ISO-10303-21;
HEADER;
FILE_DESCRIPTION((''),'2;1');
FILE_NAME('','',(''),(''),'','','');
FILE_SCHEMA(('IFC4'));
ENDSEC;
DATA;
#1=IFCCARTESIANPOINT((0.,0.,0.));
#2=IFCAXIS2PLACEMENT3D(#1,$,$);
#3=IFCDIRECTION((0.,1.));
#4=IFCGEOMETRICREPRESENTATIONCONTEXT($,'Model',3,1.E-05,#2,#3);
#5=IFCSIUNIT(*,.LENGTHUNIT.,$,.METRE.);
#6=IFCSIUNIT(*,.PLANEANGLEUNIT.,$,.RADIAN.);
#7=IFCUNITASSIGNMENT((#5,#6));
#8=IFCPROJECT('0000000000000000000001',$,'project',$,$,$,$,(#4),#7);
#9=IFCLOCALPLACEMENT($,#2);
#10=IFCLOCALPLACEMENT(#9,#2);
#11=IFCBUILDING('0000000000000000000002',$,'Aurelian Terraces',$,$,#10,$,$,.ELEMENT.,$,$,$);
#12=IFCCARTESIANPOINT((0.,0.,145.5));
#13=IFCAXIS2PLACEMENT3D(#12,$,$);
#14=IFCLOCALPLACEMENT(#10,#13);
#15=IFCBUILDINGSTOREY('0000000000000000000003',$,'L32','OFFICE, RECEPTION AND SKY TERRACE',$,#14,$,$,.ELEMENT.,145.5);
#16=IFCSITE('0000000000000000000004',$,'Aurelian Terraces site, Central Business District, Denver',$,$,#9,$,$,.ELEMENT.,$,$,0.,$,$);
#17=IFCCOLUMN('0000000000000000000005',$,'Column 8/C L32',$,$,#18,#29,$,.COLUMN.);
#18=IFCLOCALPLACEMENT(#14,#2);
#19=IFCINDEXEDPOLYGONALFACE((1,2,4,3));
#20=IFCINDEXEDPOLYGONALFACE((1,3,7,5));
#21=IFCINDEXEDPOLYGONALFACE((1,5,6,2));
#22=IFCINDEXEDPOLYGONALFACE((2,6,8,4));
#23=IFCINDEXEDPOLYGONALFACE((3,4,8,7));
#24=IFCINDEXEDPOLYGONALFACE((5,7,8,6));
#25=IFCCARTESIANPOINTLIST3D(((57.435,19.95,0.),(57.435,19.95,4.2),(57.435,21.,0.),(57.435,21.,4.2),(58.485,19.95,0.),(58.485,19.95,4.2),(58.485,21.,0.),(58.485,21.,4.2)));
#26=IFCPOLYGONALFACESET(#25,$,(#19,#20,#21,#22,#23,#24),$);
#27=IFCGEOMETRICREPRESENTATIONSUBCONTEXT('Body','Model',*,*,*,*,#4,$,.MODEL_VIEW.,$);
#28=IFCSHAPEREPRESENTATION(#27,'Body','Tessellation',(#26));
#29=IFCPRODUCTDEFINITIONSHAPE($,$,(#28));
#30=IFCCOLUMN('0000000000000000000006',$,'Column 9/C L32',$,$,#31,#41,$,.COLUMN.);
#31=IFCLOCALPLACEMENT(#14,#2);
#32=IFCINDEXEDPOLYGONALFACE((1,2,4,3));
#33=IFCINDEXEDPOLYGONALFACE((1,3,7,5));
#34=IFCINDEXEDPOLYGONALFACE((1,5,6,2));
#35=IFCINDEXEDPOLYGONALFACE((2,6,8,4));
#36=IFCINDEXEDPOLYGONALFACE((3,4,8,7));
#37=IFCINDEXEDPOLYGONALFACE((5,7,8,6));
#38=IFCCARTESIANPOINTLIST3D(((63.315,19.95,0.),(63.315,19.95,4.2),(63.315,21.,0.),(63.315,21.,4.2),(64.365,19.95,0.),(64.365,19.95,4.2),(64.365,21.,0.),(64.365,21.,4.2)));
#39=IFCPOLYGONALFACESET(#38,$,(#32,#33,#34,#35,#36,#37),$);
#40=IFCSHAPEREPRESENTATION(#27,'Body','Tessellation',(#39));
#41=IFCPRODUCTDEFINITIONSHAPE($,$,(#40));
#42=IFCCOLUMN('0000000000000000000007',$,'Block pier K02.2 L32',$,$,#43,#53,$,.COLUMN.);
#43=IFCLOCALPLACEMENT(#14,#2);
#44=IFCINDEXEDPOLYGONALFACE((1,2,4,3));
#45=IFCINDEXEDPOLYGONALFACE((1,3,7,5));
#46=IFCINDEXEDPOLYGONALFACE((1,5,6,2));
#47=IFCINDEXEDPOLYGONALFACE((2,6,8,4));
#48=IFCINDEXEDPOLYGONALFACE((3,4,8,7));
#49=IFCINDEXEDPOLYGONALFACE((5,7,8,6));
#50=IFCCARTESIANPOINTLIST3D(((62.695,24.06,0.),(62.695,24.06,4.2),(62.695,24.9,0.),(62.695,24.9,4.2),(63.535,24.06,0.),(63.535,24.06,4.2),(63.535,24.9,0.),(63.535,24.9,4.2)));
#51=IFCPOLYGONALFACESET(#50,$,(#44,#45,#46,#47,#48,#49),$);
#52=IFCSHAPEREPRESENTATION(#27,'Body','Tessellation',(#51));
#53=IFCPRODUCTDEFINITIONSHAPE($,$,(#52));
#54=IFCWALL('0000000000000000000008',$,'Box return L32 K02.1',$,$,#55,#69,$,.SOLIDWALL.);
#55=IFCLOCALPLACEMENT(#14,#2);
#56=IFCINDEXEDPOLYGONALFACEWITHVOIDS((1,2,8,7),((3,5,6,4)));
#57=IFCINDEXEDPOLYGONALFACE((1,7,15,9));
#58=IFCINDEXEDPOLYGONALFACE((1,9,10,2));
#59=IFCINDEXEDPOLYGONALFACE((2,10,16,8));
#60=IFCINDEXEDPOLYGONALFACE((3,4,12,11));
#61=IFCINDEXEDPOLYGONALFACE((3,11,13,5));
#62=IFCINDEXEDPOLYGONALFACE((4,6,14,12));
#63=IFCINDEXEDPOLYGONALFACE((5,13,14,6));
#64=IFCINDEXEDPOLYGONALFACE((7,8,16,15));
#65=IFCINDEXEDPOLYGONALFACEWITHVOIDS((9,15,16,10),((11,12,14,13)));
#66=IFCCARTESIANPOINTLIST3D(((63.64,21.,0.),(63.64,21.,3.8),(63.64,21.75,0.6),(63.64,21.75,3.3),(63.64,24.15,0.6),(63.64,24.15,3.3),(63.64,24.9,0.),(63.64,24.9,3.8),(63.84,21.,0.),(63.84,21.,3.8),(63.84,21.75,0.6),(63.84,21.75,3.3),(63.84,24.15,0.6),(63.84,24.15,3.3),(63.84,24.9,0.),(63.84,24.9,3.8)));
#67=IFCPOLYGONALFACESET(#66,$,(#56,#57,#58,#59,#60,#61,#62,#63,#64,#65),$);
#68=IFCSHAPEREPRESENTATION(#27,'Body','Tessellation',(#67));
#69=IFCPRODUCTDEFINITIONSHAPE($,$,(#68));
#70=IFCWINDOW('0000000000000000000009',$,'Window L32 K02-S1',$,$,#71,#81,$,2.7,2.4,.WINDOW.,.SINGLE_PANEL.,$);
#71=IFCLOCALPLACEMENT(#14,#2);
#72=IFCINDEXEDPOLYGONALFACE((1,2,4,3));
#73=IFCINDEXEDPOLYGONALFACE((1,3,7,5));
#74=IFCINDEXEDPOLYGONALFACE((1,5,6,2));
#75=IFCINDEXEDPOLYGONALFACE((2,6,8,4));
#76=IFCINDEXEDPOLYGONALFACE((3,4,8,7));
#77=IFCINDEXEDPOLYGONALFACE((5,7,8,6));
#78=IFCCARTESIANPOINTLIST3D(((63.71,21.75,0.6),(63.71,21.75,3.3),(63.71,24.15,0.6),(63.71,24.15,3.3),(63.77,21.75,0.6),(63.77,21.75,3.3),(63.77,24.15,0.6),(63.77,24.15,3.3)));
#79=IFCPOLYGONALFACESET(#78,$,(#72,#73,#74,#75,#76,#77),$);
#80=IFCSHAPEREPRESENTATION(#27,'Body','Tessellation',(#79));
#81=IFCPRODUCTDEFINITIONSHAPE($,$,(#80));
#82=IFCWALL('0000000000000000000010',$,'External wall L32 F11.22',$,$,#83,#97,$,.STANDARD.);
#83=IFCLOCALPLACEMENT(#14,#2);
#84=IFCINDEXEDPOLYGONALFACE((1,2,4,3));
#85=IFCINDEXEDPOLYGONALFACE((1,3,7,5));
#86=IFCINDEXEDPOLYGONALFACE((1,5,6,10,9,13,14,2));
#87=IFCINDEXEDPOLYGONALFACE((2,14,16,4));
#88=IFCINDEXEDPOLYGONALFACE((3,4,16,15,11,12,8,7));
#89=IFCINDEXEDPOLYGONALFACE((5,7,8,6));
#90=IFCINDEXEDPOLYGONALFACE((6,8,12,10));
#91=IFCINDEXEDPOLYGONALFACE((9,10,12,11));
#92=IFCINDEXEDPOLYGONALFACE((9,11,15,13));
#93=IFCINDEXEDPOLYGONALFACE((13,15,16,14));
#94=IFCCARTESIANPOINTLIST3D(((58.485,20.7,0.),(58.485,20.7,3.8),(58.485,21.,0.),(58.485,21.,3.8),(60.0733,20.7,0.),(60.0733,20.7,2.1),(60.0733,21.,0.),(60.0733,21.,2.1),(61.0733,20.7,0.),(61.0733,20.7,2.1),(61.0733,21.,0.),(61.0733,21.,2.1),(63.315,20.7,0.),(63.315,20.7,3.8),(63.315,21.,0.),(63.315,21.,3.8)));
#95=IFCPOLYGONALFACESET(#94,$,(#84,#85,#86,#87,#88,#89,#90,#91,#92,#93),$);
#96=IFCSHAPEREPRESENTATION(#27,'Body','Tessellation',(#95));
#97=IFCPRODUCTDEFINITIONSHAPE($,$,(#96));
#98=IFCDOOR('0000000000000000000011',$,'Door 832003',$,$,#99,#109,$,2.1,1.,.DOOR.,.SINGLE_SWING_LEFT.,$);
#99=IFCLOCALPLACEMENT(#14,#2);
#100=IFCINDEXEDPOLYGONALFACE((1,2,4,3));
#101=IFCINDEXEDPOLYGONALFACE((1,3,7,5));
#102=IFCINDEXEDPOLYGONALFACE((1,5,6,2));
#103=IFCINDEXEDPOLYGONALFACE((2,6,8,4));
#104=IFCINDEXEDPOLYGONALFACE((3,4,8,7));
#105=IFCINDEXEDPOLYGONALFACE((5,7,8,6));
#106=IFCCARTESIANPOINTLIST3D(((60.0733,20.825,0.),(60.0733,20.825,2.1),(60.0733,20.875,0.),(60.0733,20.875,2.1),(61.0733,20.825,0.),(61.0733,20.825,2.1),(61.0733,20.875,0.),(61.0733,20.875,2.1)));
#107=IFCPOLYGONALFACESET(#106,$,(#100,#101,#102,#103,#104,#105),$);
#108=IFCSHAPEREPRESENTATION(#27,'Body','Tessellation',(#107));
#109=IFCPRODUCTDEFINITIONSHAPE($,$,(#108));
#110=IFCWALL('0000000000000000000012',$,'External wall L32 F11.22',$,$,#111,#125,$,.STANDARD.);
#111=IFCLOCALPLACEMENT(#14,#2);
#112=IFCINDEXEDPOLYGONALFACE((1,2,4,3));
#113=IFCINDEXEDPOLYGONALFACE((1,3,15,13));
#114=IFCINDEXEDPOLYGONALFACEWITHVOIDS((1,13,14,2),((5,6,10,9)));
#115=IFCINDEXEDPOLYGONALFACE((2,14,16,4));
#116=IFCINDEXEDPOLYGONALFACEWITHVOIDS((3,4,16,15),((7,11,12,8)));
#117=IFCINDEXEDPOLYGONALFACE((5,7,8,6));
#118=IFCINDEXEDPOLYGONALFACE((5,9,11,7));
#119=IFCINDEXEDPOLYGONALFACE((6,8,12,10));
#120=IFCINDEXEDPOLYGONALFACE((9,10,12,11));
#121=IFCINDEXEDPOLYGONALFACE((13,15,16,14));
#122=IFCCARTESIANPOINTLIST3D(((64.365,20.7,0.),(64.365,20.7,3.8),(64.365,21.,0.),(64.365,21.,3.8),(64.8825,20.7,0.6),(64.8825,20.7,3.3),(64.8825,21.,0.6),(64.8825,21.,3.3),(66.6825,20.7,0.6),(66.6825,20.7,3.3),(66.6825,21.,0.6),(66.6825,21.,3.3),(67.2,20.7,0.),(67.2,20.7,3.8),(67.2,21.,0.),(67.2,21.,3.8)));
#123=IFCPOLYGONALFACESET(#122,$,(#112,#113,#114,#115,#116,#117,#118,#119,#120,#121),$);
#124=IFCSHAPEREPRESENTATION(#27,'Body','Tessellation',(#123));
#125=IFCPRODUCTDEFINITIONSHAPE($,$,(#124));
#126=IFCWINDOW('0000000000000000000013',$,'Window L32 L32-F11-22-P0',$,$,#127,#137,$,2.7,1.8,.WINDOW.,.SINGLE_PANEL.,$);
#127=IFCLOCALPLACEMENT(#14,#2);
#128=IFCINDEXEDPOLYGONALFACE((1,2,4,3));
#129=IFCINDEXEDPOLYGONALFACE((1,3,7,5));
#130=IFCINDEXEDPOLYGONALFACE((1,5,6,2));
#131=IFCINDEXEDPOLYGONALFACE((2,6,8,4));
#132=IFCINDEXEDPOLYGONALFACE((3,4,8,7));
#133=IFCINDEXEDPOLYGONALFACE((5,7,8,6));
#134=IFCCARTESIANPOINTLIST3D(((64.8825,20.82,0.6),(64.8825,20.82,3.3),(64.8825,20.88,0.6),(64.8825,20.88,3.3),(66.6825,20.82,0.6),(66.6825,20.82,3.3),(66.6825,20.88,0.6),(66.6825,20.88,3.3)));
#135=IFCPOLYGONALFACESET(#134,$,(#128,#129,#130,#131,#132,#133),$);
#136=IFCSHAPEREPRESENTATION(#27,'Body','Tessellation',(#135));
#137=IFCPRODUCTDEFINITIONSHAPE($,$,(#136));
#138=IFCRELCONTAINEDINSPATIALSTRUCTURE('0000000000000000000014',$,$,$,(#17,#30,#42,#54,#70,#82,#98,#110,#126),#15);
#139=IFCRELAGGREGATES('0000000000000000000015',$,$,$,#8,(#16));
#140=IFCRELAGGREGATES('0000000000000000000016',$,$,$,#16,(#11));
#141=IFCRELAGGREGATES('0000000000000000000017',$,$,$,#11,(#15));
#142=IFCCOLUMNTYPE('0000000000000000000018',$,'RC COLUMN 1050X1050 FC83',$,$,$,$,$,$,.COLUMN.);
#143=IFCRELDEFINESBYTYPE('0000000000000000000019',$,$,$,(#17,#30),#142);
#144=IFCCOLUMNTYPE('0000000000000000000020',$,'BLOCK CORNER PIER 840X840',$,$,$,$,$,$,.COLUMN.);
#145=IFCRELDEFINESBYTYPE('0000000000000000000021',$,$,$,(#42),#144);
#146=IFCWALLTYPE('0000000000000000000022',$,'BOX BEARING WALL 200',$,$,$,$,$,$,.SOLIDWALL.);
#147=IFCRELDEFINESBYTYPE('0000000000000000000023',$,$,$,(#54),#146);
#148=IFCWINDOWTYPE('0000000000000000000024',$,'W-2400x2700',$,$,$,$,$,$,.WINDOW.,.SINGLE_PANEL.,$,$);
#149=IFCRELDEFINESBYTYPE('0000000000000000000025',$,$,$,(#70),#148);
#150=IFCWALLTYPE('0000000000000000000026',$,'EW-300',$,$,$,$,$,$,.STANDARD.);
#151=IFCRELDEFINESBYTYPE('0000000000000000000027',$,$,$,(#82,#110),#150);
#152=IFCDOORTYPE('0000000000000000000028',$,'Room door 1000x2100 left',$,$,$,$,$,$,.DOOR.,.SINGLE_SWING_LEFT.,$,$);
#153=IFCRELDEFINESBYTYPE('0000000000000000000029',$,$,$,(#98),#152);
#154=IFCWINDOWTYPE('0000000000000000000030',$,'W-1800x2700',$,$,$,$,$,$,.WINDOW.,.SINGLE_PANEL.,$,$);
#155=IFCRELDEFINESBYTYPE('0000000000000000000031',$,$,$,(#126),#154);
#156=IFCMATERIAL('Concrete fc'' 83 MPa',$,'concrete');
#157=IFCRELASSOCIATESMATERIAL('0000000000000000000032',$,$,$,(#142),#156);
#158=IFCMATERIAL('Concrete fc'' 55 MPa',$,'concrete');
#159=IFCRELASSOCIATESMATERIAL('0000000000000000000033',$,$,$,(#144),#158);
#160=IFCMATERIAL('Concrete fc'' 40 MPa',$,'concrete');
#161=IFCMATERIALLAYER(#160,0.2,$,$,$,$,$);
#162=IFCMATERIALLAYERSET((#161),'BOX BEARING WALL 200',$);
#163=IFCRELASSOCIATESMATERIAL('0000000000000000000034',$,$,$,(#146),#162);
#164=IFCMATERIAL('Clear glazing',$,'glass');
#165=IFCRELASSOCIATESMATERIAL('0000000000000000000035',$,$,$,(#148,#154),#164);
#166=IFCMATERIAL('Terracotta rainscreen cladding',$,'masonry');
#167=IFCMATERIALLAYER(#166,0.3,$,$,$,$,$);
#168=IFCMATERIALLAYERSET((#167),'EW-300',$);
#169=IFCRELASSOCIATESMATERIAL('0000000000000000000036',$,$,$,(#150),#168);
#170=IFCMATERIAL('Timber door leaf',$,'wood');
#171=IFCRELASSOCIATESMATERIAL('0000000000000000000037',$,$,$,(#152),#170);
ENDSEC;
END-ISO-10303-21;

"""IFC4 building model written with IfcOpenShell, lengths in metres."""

from ifc_helpers import new_model, si_unit, direction, frame, frame_2d, origin, origin_2d, place, context, subcontext, project, spatial, rectangle, extrude, source, transform, mapped, material, layer, layer_set, material_profile, profile_set, type_object, element, fill, save


model = new_model("IFC4")

# Units and contexts
model_context = context("Model", 3, precision=1e-05, world=origin(), true_north=direction((0.0, 1.0)))
body_context = subcontext(model_context, "Body", "Model", "MODEL_VIEW")
ifc_project = project(units=[si_unit("LENGTHUNIT", "METRE"), si_unit("PLANEANGLEUNIT", "RADIAN")], contexts=[model_context])

# Site, building, storey
site_placement = place(None, origin())
site = spatial("IfcSite", under=ifc_project, at=site_placement, Name="Aurelian Terraces site, Central Business District, Denver", CompositionType="ELEMENT", RefElevation=0.0)
building_placement = place(site_placement, origin())
building = spatial("IfcBuilding", under=site, at=building_placement, Name="Aurelian Terraces", CompositionType="ELEMENT")
storey_placement = place(building_placement, frame((0.0, 0.0, 145.5)))
storey = spatial("IfcBuildingStorey", under=building, at=storey_placement, Name="L32", Description="OFFICE, RECEPTION AND SKY TERRACE", CompositionType="ELEMENT", Elevation=145.5)

# Columns
ifc_material_1 = material(Name="Concrete fc' 83 MPa", Category="concrete")
ifc_material_profile_1 = material_profile(ifc_material_1, rectangle(XDim=1.05, YDim=1.05, at=origin_2d()))
ifc_profile_set_1 = profile_set([ifc_material_profile_1], Name="Concrete fc' 83 MPa")
column_type_1 = type_object("IfcColumnType", Name="RC COLUMN 1050X1050 FC83", PredefinedType="COLUMN", material=ifc_profile_set_1)
shared_shape_1 = source(origin(), body_context, "Body", "SweptSolid", [
    extrude(rectangle(XDim=1.05, YDim=1.05, at=origin_2d()), origin(), (0.0, 0.0, 1.0), 4.2),
])
for number, where, z_axis, x_axis, name in (
    (1, (57.96, 20.475, 0.0), (0.0, 0.0, 1.0), (1.0, 0.0, 0.0), "Column 8/C L32"),
    (2, (63.84, 20.475, 0.0), (0.0, 0.0, 1.0), (1.0, 0.0, 0.0), "Column 9/C L32"),
):
    element("IfcColumn", number, at=place(storey_placement, frame(where, z_axis=z_axis, x_axis=x_axis)), inside=storey, type_object=column_type_1, Name=name, PredefinedType="COLUMN", context=body_context, shape_type="MappedRepresentation", body=[
        mapped(shared_shape_1, transform((0.0, 0.0, 0.0), scale=1.0)),
    ])
ifc_material_2 = material(Name="Concrete fc' 55 MPa", Category="concrete")
ifc_material_profile_2 = material_profile(ifc_material_2, rectangle(XDim=0.84, YDim=0.84, at=origin_2d()))
ifc_profile_set_2 = profile_set([ifc_material_profile_2], Name="Concrete fc' 55 MPa")
column_type_2 = type_object("IfcColumnType", Name="BLOCK CORNER PIER 840X840", PredefinedType="COLUMN", material=ifc_profile_set_2)
shared_shape_2 = source(origin(), body_context, "Body", "SweptSolid", [
    extrude(rectangle(XDim=0.84, YDim=0.84, at=origin_2d()), origin(), (0.0, 0.0, 1.0), 4.2),
])
column_placement = place(storey_placement, frame((63.115, 24.48, 0.0), z_axis=(0.0, 0.0, 1.0), x_axis=(1.0, 0.0, 0.0)))
element("IfcColumn", 3, at=column_placement, inside=storey, type_object=column_type_2, Name="Block pier K02.2 L32", PredefinedType="COLUMN", context=body_context, shape_type="MappedRepresentation", body=[
    mapped(shared_shape_2, transform((0.0, 0.0, 0.0), scale=1.0)),
])

# Wall, opening, window
ifc_material_3 = material(Name="Concrete fc' 40 MPa", Category="concrete")
ifc_layer_1 = layer(ifc_material_3, 0.2)
ifc_layer_set_1 = layer_set([ifc_layer_1], Name="BOX BEARING WALL 200")
wall_type_1 = type_object("IfcWallType", Name="BOX BEARING WALL 200", PredefinedType="SOLIDWALL", material=ifc_layer_set_1)
shared_shape_3 = source(origin(), body_context, "Body", "SweptSolid", [
    extrude(rectangle(XDim=3.9, YDim=0.2, at=frame_2d((1.95, 0.0))), origin(), (0.0, 0.0, 1.0), 3.8),
])
wall_1_placement = place(storey_placement, frame((63.74, 21.0, 0.0), z_axis=(0.0, 0.0, 1.0), x_axis=(0.0, 1.0, 0.0)))
wall_1 = element("IfcWall", 4, at=wall_1_placement, inside=storey, type_object=wall_type_1, Name="Box return L32 K02.1", PredefinedType="SOLIDWALL", context=body_context, shape_type="MappedRepresentation", body=[
    mapped(shared_shape_3, transform((0.0, 0.0, 0.0), scale=1.0)),
])
shared_shape_4 = source(origin(), body_context, "Body", "SweptSolid", [
    extrude(rectangle(XDim=2.4, YDim=2.7, at=frame_2d((1.2, 1.35))), frame((0.0, 0.11, 0.0), z_axis=(0.0, -1.0, 0.0), x_axis=(1.0, 0.0, 0.0)), (0.0, 0.0, 1.0), 0.22),
])
opening_1_placement = place(wall_1_placement, frame((0.75, 0.0, 0.6)))
opening_1 = element("IfcOpeningElement", 5, at=opening_1_placement, cuts=wall_1, PredefinedType="OPENING", context=body_context, shape_type="MappedRepresentation", body=[
    mapped(shared_shape_4, transform((0.0, 0.0, 0.0), scale=1.0)),
])
ifc_material_4 = material(Name="Clear glazing", Category="glass")
window_type_1 = type_object("IfcWindowType", Name="W-2400x2700", PartitioningType="SINGLE_PANEL", PredefinedType="WINDOW", material=ifc_material_4)
shared_shape_5 = source(origin(), body_context, "Body", "SweptSolid", [
    extrude(rectangle(XDim=2.4, YDim=2.7, at=frame_2d((1.2, 1.35))), frame((0.0, 0.03, 0.0), z_axis=(0.0, -1.0, 0.0), x_axis=(1.0, 0.0, 0.0)), (0.0, 0.0, 1.0), 0.06),
])
window_1_placement = place(opening_1_placement, origin())
window_1 = element("IfcWindow", 6, at=window_1_placement, inside=storey, type_object=window_type_1, Name="Window L32 K02-S1", OverallHeight=2.7, OverallWidth=2.4, PartitioningType="SINGLE_PANEL", PredefinedType="WINDOW", context=body_context, shape_type="MappedRepresentation", body=[
    mapped(shared_shape_5, transform((0.0, 0.0, 0.0), scale=1.0)),
])
fill(opening_1, window_1)

# Wall, opening, door
ifc_material_5 = material(Name="Terracotta rainscreen cladding", Category="masonry")
ifc_layer_2 = layer(ifc_material_5, 0.3)
ifc_layer_set_2 = layer_set([ifc_layer_2], Name="EW-300")
wall_type_2 = type_object("IfcWallType", Name="EW-300", PredefinedType="STANDARD", material=ifc_layer_set_2)
shared_shape_6 = source(origin(), body_context, "Body", "SweptSolid", [
    extrude(rectangle(XDim=4.83, YDim=0.3, at=frame_2d((2.415, 0.0))), origin(), (0.0, 0.0, 1.0), 3.8),
])
wall_2_placement = place(storey_placement, frame((63.315, 20.85, 0.0), z_axis=(0.0, 0.0, 1.0), x_axis=(-1.0, 0.0, 0.0)))
wall_2 = element("IfcWall", 7, at=wall_2_placement, inside=storey, type_object=wall_type_2, Name="External wall L32 F11.22", PredefinedType="STANDARD", context=body_context, shape_type="MappedRepresentation", body=[
    mapped(shared_shape_6, transform((0.0, 0.0, 0.0), scale=1.0)),
])
shared_shape_7 = source(origin(), body_context, "Body", "SweptSolid", [
    extrude(rectangle(XDim=1.0, YDim=2.1, at=frame_2d((0.5, 1.05))), frame((0.0, 0.16, 0.0), z_axis=(0.0, -1.0, 0.0), x_axis=(1.0, 0.0, 0.0)), (0.0, 0.0, 1.0), 0.32),
])
opening_2_placement = place(wall_2_placement, frame((2.2417, 0.0, 0.0)))
opening_2 = element("IfcOpeningElement", 8, at=opening_2_placement, cuts=wall_2, PredefinedType="OPENING", context=body_context, shape_type="MappedRepresentation", body=[
    mapped(shared_shape_7, transform((0.0, 0.0, 0.0), scale=1.0)),
])
ifc_material_6 = material(Name="Timber door leaf", Category="wood")
door_type = type_object("IfcDoorType", Name="Room door 1000x2100 left", OperationType="SINGLE_SWING_LEFT", PredefinedType="DOOR", material=ifc_material_6)
shared_shape_8 = source(origin(), body_context, "Body", "SweptSolid", [
    extrude(rectangle(XDim=1.0, YDim=2.1, at=frame_2d((0.5, 1.05))), frame((0.0, 0.025, 0.0), z_axis=(0.0, -1.0, 0.0), x_axis=(1.0, 0.0, 0.0)), (0.0, 0.0, 1.0), 0.05),
])
door_placement = place(opening_2_placement, origin())
door = element("IfcDoor", 9, at=door_placement, inside=storey, type_object=door_type, Name="Door 832003", OperationType="SINGLE_SWING_LEFT", OverallHeight=2.1, OverallWidth=1.0, PredefinedType="DOOR", context=body_context, shape_type="MappedRepresentation", body=[
    mapped(shared_shape_8, transform((0.0, 0.0, 0.0), scale=1.0)),
])
fill(opening_2, door)

# Wall, opening, window
shared_shape_9 = source(origin(), body_context, "Body", "SweptSolid", [
    extrude(rectangle(XDim=2.835, YDim=0.3, at=frame_2d((1.4175, 0.0))), origin(), (0.0, 0.0, 1.0), 3.8),
])
wall_3_placement = place(storey_placement, frame((67.2, 20.85, 0.0), z_axis=(0.0, 0.0, 1.0), x_axis=(-1.0, 0.0, 0.0)))
wall_3 = element("IfcWall", 10, at=wall_3_placement, inside=storey, type_object=wall_type_2, Name="External wall L32 F11.22", PredefinedType="STANDARD", context=body_context, shape_type="MappedRepresentation", body=[
    mapped(shared_shape_9, transform((0.0, 0.0, 0.0), scale=1.0)),
])
shared_shape_10 = source(origin(), body_context, "Body", "SweptSolid", [
    extrude(rectangle(XDim=1.8, YDim=2.7, at=frame_2d((0.9, 1.35))), frame((0.0, 0.16, 0.0), z_axis=(0.0, -1.0, 0.0), x_axis=(1.0, 0.0, 0.0)), (0.0, 0.0, 1.0), 0.32),
])
opening_3_placement = place(wall_3_placement, frame((0.5175, 0.0, 0.6)))
opening_3 = element("IfcOpeningElement", 11, at=opening_3_placement, cuts=wall_3, PredefinedType="OPENING", context=body_context, shape_type="MappedRepresentation", body=[
    mapped(shared_shape_10, transform((0.0, 0.0, 0.0), scale=1.0)),
])
window_type_2 = type_object("IfcWindowType", Name="W-1800x2700", PartitioningType="SINGLE_PANEL", PredefinedType="WINDOW", material=ifc_material_4)
shared_shape_11 = source(origin(), body_context, "Body", "SweptSolid", [
    extrude(rectangle(XDim=1.8, YDim=2.7, at=frame_2d((0.9, 1.35))), frame((0.0, 0.03, 0.0), z_axis=(0.0, -1.0, 0.0), x_axis=(1.0, 0.0, 0.0)), (0.0, 0.0, 1.0), 0.06),
])
window_2_placement = place(opening_3_placement, origin())
window_2 = element("IfcWindow", 12, at=window_2_placement, inside=storey, type_object=window_type_2, Name="Window L32 L32-F11-22-P0", OverallHeight=2.7, OverallWidth=1.8, PartitioningType="SINGLE_PANEL", PredefinedType="WINDOW", context=body_context, shape_type="MappedRepresentation", body=[
    mapped(shared_shape_11, transform((0.0, 0.0, 0.0), scale=1.0)),
])
fill(opening_3, window_2)

save(model, "model.ifc")
